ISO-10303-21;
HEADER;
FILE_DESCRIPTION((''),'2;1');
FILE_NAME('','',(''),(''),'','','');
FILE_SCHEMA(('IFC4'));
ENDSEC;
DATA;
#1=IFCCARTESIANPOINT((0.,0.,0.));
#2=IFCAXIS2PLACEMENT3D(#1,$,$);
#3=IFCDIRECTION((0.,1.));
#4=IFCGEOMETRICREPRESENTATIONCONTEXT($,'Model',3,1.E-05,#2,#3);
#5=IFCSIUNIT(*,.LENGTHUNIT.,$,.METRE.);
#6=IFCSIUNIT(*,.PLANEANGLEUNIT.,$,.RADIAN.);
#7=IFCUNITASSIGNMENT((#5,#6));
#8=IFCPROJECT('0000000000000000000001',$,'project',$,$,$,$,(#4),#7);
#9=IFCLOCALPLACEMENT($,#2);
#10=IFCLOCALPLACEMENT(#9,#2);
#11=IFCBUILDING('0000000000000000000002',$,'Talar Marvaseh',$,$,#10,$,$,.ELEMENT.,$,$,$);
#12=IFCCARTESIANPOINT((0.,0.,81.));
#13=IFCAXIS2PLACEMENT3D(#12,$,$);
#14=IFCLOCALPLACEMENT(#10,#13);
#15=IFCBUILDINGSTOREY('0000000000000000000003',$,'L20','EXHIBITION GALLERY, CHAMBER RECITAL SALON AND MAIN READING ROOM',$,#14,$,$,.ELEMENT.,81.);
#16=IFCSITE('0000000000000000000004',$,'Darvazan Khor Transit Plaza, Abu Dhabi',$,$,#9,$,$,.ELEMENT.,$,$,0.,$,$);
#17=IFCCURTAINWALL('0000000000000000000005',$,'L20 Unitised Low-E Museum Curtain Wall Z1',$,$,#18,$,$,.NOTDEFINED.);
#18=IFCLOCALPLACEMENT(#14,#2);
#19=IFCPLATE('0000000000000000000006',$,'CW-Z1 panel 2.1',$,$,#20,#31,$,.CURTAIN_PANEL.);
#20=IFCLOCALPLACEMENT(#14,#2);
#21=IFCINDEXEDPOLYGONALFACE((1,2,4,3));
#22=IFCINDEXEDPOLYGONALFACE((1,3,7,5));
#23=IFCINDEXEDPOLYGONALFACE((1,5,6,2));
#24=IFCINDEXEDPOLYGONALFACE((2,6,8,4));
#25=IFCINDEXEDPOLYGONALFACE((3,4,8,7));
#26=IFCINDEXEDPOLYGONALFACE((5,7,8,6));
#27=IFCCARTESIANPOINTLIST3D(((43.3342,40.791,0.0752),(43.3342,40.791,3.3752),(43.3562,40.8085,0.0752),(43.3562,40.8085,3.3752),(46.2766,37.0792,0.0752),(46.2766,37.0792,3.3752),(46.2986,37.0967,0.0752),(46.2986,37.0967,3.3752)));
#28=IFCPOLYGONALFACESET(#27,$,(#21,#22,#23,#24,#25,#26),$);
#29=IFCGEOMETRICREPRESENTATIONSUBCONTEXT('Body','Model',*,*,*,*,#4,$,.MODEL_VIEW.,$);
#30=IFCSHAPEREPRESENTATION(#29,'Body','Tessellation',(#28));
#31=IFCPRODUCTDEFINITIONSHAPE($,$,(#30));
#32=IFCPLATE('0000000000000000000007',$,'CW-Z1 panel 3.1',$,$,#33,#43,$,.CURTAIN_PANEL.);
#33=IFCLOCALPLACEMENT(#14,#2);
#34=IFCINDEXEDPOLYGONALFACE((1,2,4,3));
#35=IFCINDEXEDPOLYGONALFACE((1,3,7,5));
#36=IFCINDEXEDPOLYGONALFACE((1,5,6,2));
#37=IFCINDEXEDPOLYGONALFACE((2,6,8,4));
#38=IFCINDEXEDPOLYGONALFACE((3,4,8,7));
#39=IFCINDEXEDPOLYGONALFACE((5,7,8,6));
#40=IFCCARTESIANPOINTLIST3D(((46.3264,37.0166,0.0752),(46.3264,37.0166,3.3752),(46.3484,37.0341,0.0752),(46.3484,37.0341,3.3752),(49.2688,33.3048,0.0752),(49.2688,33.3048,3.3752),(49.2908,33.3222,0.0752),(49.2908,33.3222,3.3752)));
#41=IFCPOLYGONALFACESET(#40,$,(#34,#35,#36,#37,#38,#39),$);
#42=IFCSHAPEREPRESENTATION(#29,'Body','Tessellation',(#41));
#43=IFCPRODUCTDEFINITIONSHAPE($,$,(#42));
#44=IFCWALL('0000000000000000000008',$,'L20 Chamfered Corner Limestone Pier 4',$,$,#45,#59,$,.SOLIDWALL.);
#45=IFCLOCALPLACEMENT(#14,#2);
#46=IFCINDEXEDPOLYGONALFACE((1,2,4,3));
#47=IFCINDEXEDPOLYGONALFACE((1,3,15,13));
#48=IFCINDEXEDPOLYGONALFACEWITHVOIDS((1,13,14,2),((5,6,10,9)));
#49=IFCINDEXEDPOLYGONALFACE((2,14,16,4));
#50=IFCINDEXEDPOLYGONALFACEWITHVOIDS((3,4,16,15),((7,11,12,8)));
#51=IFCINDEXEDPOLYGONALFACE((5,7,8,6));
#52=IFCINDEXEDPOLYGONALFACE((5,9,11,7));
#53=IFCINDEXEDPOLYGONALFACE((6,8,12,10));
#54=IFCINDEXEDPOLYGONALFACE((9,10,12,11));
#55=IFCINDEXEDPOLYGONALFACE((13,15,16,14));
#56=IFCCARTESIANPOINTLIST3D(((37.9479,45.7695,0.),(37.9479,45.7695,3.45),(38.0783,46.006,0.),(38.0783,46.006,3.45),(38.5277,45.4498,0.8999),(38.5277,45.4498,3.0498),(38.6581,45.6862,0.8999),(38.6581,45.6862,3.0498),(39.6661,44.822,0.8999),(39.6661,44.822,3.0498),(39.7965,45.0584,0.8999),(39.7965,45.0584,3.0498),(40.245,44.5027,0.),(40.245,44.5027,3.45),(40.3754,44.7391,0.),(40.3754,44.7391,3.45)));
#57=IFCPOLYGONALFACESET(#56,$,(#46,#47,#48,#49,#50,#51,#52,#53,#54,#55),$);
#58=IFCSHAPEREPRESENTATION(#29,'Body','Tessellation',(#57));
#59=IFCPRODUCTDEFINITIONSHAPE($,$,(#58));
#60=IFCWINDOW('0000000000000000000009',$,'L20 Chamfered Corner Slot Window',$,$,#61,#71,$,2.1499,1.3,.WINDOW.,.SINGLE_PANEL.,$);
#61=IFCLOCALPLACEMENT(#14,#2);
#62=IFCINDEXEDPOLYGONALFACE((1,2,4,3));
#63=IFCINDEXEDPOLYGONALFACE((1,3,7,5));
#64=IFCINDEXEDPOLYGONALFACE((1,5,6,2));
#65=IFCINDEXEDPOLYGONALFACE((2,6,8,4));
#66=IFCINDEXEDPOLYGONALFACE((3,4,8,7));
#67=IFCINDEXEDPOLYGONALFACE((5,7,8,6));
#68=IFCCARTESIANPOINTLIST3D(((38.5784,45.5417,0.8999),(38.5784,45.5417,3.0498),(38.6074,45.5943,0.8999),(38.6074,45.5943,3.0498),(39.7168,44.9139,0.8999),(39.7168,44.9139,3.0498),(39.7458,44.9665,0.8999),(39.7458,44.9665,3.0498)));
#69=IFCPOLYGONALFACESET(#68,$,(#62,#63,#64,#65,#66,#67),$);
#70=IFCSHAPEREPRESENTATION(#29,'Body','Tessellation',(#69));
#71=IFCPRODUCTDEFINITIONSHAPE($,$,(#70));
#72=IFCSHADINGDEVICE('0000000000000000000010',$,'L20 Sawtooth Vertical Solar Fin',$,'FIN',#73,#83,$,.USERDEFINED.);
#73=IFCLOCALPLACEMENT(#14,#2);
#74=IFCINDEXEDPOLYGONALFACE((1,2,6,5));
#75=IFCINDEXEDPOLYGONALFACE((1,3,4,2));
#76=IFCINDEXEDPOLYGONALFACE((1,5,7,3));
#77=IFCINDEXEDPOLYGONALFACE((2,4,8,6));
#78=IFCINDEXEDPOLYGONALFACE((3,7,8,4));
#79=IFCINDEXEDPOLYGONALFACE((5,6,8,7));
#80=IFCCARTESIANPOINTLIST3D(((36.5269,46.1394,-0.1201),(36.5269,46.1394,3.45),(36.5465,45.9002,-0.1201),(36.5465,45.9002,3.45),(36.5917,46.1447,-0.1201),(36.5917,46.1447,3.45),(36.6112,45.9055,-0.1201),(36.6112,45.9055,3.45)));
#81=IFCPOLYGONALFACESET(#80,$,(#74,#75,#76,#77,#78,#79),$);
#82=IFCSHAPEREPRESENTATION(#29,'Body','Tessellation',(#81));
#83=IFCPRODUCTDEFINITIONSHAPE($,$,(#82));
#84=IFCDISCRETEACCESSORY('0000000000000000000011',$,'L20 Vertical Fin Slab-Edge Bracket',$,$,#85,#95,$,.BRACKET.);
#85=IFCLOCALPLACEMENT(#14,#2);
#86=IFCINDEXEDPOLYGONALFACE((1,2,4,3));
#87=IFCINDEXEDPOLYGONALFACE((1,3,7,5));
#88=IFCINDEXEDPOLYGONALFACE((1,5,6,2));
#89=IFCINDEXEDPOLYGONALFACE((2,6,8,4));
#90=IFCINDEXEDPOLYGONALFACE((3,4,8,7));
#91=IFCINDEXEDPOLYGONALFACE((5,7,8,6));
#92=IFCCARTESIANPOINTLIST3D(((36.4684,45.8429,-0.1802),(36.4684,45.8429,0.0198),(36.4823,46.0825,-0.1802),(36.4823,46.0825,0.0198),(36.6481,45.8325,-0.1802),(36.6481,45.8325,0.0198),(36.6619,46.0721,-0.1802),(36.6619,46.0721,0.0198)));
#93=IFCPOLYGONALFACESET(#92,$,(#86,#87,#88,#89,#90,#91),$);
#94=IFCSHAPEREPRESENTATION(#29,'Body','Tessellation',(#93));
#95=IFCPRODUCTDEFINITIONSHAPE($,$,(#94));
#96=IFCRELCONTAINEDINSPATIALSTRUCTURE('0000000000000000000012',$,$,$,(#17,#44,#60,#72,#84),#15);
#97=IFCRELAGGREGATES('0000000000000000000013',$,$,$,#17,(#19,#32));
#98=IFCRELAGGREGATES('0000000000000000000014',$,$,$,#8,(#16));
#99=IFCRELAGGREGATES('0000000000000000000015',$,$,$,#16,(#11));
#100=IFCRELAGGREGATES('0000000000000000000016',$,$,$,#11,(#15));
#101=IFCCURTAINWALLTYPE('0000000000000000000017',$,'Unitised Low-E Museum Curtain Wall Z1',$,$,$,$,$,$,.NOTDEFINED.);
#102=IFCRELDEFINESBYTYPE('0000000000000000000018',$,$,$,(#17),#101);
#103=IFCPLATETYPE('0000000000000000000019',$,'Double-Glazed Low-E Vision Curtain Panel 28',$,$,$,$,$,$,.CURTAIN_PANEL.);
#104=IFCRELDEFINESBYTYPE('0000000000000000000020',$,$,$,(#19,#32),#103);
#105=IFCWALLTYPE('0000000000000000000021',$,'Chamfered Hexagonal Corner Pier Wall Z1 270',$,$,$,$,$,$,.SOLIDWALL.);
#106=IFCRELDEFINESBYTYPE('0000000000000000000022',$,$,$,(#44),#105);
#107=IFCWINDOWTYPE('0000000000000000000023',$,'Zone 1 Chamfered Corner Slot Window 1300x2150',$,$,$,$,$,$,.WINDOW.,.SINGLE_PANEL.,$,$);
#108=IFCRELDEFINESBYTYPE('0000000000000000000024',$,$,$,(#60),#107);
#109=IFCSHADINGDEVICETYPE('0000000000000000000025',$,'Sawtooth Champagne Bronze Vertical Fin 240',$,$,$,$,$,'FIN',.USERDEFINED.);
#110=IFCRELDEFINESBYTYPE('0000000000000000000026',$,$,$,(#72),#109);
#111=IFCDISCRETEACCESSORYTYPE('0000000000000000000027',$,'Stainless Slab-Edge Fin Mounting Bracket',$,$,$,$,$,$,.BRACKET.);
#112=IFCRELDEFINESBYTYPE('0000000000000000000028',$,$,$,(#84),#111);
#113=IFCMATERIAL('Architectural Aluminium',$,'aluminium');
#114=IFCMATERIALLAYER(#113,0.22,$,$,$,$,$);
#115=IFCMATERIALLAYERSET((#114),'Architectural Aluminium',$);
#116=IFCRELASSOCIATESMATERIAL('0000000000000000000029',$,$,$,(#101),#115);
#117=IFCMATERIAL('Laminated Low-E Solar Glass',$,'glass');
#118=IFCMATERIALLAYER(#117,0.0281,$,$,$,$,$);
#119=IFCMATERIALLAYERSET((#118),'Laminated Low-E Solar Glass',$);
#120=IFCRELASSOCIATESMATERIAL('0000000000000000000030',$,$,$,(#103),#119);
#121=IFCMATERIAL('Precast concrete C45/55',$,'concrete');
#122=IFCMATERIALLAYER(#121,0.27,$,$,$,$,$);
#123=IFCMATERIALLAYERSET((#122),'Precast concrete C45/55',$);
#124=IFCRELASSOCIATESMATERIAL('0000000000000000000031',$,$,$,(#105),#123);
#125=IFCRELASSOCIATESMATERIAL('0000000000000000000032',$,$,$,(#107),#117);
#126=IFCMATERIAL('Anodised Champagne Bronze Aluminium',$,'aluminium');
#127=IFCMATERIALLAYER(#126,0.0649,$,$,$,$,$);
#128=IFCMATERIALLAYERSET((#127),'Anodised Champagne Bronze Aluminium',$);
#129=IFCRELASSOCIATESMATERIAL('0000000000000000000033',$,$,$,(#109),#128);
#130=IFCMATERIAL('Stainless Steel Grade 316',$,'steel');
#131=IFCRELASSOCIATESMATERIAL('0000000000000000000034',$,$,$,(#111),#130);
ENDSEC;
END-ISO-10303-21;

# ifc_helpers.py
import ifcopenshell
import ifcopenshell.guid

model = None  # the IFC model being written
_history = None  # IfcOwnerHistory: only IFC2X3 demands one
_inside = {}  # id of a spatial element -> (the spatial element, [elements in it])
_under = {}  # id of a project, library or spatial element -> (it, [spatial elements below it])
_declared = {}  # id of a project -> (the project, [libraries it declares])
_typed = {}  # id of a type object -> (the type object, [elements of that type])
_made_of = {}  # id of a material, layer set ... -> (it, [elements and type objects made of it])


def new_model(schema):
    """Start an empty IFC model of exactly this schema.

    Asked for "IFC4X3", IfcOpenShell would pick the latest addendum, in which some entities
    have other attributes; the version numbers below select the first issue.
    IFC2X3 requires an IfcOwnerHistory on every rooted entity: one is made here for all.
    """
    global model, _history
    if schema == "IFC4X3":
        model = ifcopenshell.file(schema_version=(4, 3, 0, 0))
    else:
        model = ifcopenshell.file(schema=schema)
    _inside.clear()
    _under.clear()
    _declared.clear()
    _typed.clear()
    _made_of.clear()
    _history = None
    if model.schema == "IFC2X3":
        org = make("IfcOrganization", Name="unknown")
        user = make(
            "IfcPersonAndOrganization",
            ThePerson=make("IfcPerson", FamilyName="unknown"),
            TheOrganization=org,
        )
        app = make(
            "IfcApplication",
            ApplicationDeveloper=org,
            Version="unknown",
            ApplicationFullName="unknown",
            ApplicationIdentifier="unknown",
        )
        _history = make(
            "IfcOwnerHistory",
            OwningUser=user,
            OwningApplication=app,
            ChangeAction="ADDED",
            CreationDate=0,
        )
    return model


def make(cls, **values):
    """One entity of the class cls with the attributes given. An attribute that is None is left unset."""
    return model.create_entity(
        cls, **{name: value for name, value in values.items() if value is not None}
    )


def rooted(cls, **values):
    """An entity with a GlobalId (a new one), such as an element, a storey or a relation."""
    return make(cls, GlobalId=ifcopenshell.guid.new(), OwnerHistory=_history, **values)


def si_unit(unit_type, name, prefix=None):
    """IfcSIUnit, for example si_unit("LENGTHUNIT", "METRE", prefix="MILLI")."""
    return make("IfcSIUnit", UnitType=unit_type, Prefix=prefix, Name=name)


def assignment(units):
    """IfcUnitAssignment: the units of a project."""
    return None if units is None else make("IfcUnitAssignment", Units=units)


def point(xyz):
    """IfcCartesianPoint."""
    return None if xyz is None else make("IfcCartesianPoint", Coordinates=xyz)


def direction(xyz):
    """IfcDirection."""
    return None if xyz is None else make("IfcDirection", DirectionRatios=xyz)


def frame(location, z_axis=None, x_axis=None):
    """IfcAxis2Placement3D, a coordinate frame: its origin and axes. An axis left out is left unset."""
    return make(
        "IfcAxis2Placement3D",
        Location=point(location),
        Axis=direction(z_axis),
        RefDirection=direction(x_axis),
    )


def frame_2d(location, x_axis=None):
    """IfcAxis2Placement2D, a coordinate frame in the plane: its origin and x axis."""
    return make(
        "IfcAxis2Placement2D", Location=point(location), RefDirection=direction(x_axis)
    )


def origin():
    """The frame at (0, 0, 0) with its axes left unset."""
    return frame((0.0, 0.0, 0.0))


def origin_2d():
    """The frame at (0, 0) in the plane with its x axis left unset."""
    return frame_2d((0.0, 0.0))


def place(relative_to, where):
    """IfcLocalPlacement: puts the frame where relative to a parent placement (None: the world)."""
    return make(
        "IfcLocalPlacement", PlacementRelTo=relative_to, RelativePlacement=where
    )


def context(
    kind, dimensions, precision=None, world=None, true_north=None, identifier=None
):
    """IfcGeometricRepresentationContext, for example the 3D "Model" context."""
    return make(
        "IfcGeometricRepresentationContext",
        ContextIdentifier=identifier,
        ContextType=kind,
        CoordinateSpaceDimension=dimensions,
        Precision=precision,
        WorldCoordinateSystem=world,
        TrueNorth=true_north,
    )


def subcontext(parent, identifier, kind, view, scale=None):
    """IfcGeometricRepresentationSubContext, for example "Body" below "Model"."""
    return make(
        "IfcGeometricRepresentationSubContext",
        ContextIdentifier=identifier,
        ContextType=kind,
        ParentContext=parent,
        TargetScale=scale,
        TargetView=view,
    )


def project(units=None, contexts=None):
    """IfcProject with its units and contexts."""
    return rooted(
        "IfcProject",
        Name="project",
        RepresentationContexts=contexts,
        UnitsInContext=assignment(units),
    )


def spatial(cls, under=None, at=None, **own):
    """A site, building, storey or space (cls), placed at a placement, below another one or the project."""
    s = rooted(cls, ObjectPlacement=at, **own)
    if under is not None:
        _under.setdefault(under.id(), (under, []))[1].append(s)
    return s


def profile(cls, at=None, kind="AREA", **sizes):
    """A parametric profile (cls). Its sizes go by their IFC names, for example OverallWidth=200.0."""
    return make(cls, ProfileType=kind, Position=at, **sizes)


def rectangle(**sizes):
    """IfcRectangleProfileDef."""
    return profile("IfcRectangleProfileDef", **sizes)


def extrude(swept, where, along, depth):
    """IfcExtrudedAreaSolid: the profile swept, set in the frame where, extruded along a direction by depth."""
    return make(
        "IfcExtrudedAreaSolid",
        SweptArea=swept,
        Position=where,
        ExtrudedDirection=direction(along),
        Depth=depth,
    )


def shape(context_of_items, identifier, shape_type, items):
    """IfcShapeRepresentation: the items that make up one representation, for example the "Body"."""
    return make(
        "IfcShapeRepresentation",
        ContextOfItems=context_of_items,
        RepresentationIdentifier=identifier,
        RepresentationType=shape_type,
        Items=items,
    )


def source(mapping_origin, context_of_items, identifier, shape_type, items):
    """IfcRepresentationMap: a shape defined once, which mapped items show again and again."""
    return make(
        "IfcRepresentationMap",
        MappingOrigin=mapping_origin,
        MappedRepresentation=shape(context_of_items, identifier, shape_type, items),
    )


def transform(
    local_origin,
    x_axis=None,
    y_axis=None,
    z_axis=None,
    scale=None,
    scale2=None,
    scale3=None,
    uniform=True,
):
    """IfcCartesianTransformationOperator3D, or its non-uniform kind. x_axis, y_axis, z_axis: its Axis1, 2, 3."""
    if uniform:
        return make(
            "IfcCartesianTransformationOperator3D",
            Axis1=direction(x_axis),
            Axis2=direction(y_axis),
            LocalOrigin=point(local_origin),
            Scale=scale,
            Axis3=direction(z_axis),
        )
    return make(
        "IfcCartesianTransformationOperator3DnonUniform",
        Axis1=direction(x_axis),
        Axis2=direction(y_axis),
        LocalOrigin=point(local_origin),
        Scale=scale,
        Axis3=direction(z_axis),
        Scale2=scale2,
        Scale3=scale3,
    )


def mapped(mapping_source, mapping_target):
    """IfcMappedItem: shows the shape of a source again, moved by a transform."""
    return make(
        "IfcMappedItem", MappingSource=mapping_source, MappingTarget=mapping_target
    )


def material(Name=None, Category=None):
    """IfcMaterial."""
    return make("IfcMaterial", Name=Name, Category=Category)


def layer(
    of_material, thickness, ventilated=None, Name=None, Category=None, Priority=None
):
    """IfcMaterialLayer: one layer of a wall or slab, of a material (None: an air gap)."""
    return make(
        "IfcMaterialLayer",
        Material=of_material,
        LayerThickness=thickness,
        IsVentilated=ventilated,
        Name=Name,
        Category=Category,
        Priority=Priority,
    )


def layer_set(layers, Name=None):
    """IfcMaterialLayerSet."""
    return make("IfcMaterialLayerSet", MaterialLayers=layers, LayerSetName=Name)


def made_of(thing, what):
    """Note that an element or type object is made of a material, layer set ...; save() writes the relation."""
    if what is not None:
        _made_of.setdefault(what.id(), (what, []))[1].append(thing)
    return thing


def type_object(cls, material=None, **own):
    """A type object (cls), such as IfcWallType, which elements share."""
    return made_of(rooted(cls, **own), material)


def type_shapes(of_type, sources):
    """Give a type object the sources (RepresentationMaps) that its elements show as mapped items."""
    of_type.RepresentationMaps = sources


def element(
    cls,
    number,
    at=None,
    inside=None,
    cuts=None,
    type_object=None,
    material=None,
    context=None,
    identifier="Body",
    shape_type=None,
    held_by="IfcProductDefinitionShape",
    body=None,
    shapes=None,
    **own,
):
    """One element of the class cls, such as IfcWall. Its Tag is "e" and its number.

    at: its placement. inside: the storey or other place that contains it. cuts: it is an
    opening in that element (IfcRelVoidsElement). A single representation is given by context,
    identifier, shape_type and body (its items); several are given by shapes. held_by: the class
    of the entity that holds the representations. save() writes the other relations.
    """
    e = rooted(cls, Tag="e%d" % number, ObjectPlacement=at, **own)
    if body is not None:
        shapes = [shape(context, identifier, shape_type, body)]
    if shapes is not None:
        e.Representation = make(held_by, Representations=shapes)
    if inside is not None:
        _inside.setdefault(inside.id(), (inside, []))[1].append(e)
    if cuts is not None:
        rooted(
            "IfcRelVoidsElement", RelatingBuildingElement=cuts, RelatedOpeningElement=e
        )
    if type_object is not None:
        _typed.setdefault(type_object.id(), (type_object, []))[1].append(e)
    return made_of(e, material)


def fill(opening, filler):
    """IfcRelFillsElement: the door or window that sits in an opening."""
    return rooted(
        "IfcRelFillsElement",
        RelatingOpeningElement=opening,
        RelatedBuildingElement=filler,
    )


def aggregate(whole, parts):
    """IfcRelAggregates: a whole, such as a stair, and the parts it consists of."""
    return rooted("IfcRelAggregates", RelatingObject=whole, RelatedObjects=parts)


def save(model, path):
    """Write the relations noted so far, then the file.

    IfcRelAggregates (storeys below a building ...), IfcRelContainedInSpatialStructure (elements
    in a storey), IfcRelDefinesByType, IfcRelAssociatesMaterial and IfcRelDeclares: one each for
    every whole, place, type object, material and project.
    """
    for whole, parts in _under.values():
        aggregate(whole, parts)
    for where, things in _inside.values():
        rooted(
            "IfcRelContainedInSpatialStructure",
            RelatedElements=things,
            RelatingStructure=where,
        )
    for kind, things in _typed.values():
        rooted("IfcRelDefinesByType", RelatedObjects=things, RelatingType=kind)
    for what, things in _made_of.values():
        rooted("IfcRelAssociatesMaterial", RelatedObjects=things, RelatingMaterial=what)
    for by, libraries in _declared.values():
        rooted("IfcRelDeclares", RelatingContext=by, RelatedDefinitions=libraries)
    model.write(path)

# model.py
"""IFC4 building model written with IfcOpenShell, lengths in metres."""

from ifc_helpers import new_model, si_unit, direction, frame, frame_2d, origin, origin_2d, place, context, subcontext, project, spatial, rectangle, extrude, source, transform, mapped, material, layer, layer_set, type_object, type_shapes, element, fill, aggregate, save


model = new_model("IFC4")

# Units and contexts
model_context = context("Model", 3, precision=1e-05, world=origin(), true_north=direction((0.0, 1.0)))
body_context = subcontext(model_context, "Body", "Model", "MODEL_VIEW")
ifc_project = project(units=[si_unit("LENGTHUNIT", "METRE"), si_unit("PLANEANGLEUNIT", "RADIAN")], contexts=[model_context])

# Site, building, storey
site_placement = place(None, origin())
site = spatial("IfcSite", under=ifc_project, at=site_placement, Name="Darvazan Khor Transit Plaza, Abu Dhabi", CompositionType="ELEMENT", RefElevation=0.0)
building_placement = place(site_placement, origin())
building = spatial("IfcBuilding", under=site, at=building_placement, Name="Talar Marvaseh", CompositionType="ELEMENT")
storey_placement = place(building_placement, frame((0.0, 0.0, 81.0)))
storey = spatial("IfcBuildingStorey", under=building, at=storey_placement, Name="L20", Description="EXHIBITION GALLERY, CHAMBER RECITAL SALON AND MAIN READING ROOM", CompositionType="ELEMENT", Elevation=81.0)

# Curtain wall
ifc_material_1 = material(Name="Architectural Aluminium", Category="aluminium")
ifc_layer_1 = layer(ifc_material_1, 0.22)
ifc_layer_set_1 = layer_set([ifc_layer_1], Name="Architectural Aluminium")
curtain_wall_type = type_object("IfcCurtainWallType", Name="Unitised Low-E Museum Curtain Wall Z1", PredefinedType="NOTDEFINED", material=ifc_layer_set_1)
curtain_wall_1_placement = place(storey_placement, origin())
curtain_wall_1 = element("IfcCurtainWall", 1, at=curtain_wall_1_placement, inside=storey, type_object=curtain_wall_type, Name="L20 Unitised Low-E Museum Curtain Wall Z1", PredefinedType="NOTDEFINED")

# Plates
ifc_material_2 = material(Name="Laminated Low-E Solar Glass", Category="glass")
ifc_layer_2 = layer(ifc_material_2, 0.0281)
ifc_layer_set_2 = layer_set([ifc_layer_2], Name="Laminated Low-E Solar Glass")
plate_type = type_object("IfcPlateType", Name="Double-Glazed Low-E Vision Curtain Panel 28", PredefinedType="CURTAIN_PANEL", material=ifc_layer_set_2)
shared_shape_1 = source(origin(), body_context, "Body", "SweptSolid", [
    extrude(rectangle(XDim=4.7366, YDim=0.0281, at=origin_2d()), origin(), (0.0, 0.0, 1.0), 3.3),
])
plate_1_placement = place(storey_placement, frame((44.8164, 38.9438, 0.0752), z_axis=(0.0, 0.0, 1.0), x_axis=(0.621202, -0.783651, 0.0)))
plate_1 = element("IfcPlate", 2, at=plate_1_placement, type_object=plate_type, Name="CW-Z1 panel 2.1", PredefinedType="CURTAIN_PANEL", context=body_context, shape_type="MappedRepresentation", body=[
    mapped(shared_shape_1, transform((0.0, 0.0, 0.0), x_axis=(1.0, 0.0, 0.0), y_axis=(0.0, 1.0, 0.0), z_axis=(0.0, 0.0, 1.0), scale=1.0)),
])
plate_2_placement = place(storey_placement, frame((47.8086, 35.1694, 0.0752), z_axis=(0.0, 0.0, 1.0), x_axis=(0.621202, -0.783651, 0.0)))
plate_2 = element("IfcPlate", 3, at=plate_2_placement, type_object=plate_type, Name="CW-Z1 panel 3.1", PredefinedType="CURTAIN_PANEL", context=body_context, shape_type="MappedRepresentation", body=[
    mapped(shared_shape_1, transform((0.0, 0.0, 0.0), x_axis=(1.0, 0.0, 0.0), y_axis=(0.0, 1.0, 0.0), z_axis=(0.0, 0.0, 1.0), scale=1.0)),
])
aggregate(curtain_wall_1, [plate_1, plate_2])

# Wall, opening, window
ifc_material_3 = material(Name="Precast concrete C45/55", Category="concrete")
ifc_layer_3 = layer(ifc_material_3, 0.27)
ifc_layer_set_3 = layer_set([ifc_layer_3], Name="Precast concrete C45/55")
wall_type = type_object("IfcWallType", Name="Chamfered Hexagonal Corner Pier Wall Z1 270", PredefinedType="SOLIDWALL", material=ifc_layer_set_3)
wall_placement = place(storey_placement, frame((38.0132, 45.8877, 0.0), z_axis=(0.0, 0.0, 1.0), x_axis=(0.875663, -0.482922, 0.0)))
wall = element("IfcWall", 4, at=wall_placement, inside=storey, type_object=wall_type, Name="L20 Chamfered Corner Limestone Pier 4", PredefinedType="SOLIDWALL", context=body_context, shape_type="SweptSolid", body=[
    extrude(rectangle(XDim=2.6233, YDim=0.27, at=frame_2d((1.3115, 0.0))), origin(), (0.0, 0.0, 1.0), 3.45),
])
opening_placement = place(wall_placement, frame((0.6621, 0.0, 0.8999)))
opening = element("IfcOpeningElement", 5, at=opening_placement, cuts=wall, PredefinedType="OPENING", context=body_context, shape_type="SweptSolid", body=[
    extrude(rectangle(XDim=1.3, YDim=2.1499, at=frame_2d((0.6499, 1.075))), frame((0.0, 0.145, 0.0), z_axis=(0.0, -1.0, 0.0), x_axis=(1.0, 0.0, 0.0)), (0.0, 0.0, 1.0), 0.29),
])
window_type = type_object("IfcWindowType", Name="Zone 1 Chamfered Corner Slot Window 1300x2150", PartitioningType="SINGLE_PANEL", PredefinedType="WINDOW", material=ifc_material_2)
shared_shape_2 = source(origin(), body_context, "Body", "SweptSolid", [
    extrude(rectangle(XDim=1.3, YDim=2.1499, at=frame_2d((0.6499, 1.075))), frame((0.0, 0.03, 0.0), z_axis=(0.0, -1.0, 0.0), x_axis=(1.0, 0.0, 0.0)), (0.0, 0.0, 1.0), 0.0601),
])
type_shapes(window_type, [shared_shape_2])
window_placement = place(opening_placement, origin())
window = element("IfcWindow", 6, at=window_placement, inside=storey, type_object=window_type, Name="L20 Chamfered Corner Slot Window", OverallHeight=2.1499, OverallWidth=1.3, PartitioningType="SINGLE_PANEL", PredefinedType="WINDOW", context=body_context, shape_type="MappedRepresentation", body=[
    mapped(shared_shape_2, transform((0.0, 0.0, 0.0), x_axis=(1.0, 0.0, 0.0), y_axis=(0.0, 1.0, 0.0), z_axis=(0.0, 0.0, 1.0), scale=1.0)),
])
fill(opening, window)

# Shading device
ifc_material_4 = material(Name="Anodised Champagne Bronze Aluminium", Category="aluminium")
ifc_layer_4 = layer(ifc_material_4, 0.0649)
ifc_layer_set_4 = layer_set([ifc_layer_4], Name="Anodised Champagne Bronze Aluminium")
shading_device_type = type_object("IfcShadingDeviceType", Name="Sawtooth Champagne Bronze Vertical Fin 240", ElementType="FIN", PredefinedType="USERDEFINED", material=ifc_layer_set_4)
shared_shape_3 = source(origin(), body_context, "Body", "SweptSolid", [
    extrude(rectangle(XDim=0.24, YDim=0.0649, at=origin_2d()), origin(), (0.0, 0.0, 1.0), 3.5701),
])
type_shapes(shading_device_type, [shared_shape_3])
shading_device_placement = place(storey_placement, frame((36.5691, 46.0225, -0.1201), z_axis=(0.0, 0.0, 1.0), x_axis=(-0.081591, 0.996666, 0.0)))
element("IfcShadingDevice", 7, at=shading_device_placement, inside=storey, type_object=shading_device_type, Name="L20 Sawtooth Vertical Solar Fin", ObjectType="FIN", PredefinedType="USERDEFINED", context=body_context, shape_type="MappedRepresentation", body=[
    mapped(shared_shape_3, transform((0.0, 0.0, 0.0), x_axis=(1.0, 0.0, 0.0), y_axis=(0.0, 1.0, 0.0), z_axis=(0.0, 0.0, 1.0), scale=1.0)),
])

# Discrete accessory
ifc_material_5 = material(Name="Stainless Steel Grade 316", Category="steel")
discrete_accessory_type = type_object("IfcDiscreteAccessoryType", Name="Stainless Slab-Edge Fin Mounting Bracket", PredefinedType="BRACKET", material=ifc_material_5)
shared_shape_4 = source(origin(), body_context, "Body", "SweptSolid", [
    extrude(rectangle(XDim=0.24, YDim=0.1799, at=origin_2d()), origin(), (0.0, 0.0, 1.0), 0.2),
])
type_shapes(discrete_accessory_type, [shared_shape_4])
discrete_accessory_placement = place(storey_placement, frame((36.5652, 45.9575, -0.1802), z_axis=(0.0, 0.0, 1.0), x_axis=(0.057913, 0.998322, 0.0)))
element("IfcDiscreteAccessory", 8, at=discrete_accessory_placement, inside=storey, type_object=discrete_accessory_type, Name="L20 Vertical Fin Slab-Edge Bracket", PredefinedType="BRACKET", context=body_context, shape_type="MappedRepresentation", body=[
    mapped(shared_shape_4, transform((0.0, 0.0, 0.0), x_axis=(1.0, 0.0, 0.0), y_axis=(0.0, 1.0, 0.0), z_axis=(0.0, 0.0, 1.0), scale=1.0)),
])

save(model, "model.ifc")
